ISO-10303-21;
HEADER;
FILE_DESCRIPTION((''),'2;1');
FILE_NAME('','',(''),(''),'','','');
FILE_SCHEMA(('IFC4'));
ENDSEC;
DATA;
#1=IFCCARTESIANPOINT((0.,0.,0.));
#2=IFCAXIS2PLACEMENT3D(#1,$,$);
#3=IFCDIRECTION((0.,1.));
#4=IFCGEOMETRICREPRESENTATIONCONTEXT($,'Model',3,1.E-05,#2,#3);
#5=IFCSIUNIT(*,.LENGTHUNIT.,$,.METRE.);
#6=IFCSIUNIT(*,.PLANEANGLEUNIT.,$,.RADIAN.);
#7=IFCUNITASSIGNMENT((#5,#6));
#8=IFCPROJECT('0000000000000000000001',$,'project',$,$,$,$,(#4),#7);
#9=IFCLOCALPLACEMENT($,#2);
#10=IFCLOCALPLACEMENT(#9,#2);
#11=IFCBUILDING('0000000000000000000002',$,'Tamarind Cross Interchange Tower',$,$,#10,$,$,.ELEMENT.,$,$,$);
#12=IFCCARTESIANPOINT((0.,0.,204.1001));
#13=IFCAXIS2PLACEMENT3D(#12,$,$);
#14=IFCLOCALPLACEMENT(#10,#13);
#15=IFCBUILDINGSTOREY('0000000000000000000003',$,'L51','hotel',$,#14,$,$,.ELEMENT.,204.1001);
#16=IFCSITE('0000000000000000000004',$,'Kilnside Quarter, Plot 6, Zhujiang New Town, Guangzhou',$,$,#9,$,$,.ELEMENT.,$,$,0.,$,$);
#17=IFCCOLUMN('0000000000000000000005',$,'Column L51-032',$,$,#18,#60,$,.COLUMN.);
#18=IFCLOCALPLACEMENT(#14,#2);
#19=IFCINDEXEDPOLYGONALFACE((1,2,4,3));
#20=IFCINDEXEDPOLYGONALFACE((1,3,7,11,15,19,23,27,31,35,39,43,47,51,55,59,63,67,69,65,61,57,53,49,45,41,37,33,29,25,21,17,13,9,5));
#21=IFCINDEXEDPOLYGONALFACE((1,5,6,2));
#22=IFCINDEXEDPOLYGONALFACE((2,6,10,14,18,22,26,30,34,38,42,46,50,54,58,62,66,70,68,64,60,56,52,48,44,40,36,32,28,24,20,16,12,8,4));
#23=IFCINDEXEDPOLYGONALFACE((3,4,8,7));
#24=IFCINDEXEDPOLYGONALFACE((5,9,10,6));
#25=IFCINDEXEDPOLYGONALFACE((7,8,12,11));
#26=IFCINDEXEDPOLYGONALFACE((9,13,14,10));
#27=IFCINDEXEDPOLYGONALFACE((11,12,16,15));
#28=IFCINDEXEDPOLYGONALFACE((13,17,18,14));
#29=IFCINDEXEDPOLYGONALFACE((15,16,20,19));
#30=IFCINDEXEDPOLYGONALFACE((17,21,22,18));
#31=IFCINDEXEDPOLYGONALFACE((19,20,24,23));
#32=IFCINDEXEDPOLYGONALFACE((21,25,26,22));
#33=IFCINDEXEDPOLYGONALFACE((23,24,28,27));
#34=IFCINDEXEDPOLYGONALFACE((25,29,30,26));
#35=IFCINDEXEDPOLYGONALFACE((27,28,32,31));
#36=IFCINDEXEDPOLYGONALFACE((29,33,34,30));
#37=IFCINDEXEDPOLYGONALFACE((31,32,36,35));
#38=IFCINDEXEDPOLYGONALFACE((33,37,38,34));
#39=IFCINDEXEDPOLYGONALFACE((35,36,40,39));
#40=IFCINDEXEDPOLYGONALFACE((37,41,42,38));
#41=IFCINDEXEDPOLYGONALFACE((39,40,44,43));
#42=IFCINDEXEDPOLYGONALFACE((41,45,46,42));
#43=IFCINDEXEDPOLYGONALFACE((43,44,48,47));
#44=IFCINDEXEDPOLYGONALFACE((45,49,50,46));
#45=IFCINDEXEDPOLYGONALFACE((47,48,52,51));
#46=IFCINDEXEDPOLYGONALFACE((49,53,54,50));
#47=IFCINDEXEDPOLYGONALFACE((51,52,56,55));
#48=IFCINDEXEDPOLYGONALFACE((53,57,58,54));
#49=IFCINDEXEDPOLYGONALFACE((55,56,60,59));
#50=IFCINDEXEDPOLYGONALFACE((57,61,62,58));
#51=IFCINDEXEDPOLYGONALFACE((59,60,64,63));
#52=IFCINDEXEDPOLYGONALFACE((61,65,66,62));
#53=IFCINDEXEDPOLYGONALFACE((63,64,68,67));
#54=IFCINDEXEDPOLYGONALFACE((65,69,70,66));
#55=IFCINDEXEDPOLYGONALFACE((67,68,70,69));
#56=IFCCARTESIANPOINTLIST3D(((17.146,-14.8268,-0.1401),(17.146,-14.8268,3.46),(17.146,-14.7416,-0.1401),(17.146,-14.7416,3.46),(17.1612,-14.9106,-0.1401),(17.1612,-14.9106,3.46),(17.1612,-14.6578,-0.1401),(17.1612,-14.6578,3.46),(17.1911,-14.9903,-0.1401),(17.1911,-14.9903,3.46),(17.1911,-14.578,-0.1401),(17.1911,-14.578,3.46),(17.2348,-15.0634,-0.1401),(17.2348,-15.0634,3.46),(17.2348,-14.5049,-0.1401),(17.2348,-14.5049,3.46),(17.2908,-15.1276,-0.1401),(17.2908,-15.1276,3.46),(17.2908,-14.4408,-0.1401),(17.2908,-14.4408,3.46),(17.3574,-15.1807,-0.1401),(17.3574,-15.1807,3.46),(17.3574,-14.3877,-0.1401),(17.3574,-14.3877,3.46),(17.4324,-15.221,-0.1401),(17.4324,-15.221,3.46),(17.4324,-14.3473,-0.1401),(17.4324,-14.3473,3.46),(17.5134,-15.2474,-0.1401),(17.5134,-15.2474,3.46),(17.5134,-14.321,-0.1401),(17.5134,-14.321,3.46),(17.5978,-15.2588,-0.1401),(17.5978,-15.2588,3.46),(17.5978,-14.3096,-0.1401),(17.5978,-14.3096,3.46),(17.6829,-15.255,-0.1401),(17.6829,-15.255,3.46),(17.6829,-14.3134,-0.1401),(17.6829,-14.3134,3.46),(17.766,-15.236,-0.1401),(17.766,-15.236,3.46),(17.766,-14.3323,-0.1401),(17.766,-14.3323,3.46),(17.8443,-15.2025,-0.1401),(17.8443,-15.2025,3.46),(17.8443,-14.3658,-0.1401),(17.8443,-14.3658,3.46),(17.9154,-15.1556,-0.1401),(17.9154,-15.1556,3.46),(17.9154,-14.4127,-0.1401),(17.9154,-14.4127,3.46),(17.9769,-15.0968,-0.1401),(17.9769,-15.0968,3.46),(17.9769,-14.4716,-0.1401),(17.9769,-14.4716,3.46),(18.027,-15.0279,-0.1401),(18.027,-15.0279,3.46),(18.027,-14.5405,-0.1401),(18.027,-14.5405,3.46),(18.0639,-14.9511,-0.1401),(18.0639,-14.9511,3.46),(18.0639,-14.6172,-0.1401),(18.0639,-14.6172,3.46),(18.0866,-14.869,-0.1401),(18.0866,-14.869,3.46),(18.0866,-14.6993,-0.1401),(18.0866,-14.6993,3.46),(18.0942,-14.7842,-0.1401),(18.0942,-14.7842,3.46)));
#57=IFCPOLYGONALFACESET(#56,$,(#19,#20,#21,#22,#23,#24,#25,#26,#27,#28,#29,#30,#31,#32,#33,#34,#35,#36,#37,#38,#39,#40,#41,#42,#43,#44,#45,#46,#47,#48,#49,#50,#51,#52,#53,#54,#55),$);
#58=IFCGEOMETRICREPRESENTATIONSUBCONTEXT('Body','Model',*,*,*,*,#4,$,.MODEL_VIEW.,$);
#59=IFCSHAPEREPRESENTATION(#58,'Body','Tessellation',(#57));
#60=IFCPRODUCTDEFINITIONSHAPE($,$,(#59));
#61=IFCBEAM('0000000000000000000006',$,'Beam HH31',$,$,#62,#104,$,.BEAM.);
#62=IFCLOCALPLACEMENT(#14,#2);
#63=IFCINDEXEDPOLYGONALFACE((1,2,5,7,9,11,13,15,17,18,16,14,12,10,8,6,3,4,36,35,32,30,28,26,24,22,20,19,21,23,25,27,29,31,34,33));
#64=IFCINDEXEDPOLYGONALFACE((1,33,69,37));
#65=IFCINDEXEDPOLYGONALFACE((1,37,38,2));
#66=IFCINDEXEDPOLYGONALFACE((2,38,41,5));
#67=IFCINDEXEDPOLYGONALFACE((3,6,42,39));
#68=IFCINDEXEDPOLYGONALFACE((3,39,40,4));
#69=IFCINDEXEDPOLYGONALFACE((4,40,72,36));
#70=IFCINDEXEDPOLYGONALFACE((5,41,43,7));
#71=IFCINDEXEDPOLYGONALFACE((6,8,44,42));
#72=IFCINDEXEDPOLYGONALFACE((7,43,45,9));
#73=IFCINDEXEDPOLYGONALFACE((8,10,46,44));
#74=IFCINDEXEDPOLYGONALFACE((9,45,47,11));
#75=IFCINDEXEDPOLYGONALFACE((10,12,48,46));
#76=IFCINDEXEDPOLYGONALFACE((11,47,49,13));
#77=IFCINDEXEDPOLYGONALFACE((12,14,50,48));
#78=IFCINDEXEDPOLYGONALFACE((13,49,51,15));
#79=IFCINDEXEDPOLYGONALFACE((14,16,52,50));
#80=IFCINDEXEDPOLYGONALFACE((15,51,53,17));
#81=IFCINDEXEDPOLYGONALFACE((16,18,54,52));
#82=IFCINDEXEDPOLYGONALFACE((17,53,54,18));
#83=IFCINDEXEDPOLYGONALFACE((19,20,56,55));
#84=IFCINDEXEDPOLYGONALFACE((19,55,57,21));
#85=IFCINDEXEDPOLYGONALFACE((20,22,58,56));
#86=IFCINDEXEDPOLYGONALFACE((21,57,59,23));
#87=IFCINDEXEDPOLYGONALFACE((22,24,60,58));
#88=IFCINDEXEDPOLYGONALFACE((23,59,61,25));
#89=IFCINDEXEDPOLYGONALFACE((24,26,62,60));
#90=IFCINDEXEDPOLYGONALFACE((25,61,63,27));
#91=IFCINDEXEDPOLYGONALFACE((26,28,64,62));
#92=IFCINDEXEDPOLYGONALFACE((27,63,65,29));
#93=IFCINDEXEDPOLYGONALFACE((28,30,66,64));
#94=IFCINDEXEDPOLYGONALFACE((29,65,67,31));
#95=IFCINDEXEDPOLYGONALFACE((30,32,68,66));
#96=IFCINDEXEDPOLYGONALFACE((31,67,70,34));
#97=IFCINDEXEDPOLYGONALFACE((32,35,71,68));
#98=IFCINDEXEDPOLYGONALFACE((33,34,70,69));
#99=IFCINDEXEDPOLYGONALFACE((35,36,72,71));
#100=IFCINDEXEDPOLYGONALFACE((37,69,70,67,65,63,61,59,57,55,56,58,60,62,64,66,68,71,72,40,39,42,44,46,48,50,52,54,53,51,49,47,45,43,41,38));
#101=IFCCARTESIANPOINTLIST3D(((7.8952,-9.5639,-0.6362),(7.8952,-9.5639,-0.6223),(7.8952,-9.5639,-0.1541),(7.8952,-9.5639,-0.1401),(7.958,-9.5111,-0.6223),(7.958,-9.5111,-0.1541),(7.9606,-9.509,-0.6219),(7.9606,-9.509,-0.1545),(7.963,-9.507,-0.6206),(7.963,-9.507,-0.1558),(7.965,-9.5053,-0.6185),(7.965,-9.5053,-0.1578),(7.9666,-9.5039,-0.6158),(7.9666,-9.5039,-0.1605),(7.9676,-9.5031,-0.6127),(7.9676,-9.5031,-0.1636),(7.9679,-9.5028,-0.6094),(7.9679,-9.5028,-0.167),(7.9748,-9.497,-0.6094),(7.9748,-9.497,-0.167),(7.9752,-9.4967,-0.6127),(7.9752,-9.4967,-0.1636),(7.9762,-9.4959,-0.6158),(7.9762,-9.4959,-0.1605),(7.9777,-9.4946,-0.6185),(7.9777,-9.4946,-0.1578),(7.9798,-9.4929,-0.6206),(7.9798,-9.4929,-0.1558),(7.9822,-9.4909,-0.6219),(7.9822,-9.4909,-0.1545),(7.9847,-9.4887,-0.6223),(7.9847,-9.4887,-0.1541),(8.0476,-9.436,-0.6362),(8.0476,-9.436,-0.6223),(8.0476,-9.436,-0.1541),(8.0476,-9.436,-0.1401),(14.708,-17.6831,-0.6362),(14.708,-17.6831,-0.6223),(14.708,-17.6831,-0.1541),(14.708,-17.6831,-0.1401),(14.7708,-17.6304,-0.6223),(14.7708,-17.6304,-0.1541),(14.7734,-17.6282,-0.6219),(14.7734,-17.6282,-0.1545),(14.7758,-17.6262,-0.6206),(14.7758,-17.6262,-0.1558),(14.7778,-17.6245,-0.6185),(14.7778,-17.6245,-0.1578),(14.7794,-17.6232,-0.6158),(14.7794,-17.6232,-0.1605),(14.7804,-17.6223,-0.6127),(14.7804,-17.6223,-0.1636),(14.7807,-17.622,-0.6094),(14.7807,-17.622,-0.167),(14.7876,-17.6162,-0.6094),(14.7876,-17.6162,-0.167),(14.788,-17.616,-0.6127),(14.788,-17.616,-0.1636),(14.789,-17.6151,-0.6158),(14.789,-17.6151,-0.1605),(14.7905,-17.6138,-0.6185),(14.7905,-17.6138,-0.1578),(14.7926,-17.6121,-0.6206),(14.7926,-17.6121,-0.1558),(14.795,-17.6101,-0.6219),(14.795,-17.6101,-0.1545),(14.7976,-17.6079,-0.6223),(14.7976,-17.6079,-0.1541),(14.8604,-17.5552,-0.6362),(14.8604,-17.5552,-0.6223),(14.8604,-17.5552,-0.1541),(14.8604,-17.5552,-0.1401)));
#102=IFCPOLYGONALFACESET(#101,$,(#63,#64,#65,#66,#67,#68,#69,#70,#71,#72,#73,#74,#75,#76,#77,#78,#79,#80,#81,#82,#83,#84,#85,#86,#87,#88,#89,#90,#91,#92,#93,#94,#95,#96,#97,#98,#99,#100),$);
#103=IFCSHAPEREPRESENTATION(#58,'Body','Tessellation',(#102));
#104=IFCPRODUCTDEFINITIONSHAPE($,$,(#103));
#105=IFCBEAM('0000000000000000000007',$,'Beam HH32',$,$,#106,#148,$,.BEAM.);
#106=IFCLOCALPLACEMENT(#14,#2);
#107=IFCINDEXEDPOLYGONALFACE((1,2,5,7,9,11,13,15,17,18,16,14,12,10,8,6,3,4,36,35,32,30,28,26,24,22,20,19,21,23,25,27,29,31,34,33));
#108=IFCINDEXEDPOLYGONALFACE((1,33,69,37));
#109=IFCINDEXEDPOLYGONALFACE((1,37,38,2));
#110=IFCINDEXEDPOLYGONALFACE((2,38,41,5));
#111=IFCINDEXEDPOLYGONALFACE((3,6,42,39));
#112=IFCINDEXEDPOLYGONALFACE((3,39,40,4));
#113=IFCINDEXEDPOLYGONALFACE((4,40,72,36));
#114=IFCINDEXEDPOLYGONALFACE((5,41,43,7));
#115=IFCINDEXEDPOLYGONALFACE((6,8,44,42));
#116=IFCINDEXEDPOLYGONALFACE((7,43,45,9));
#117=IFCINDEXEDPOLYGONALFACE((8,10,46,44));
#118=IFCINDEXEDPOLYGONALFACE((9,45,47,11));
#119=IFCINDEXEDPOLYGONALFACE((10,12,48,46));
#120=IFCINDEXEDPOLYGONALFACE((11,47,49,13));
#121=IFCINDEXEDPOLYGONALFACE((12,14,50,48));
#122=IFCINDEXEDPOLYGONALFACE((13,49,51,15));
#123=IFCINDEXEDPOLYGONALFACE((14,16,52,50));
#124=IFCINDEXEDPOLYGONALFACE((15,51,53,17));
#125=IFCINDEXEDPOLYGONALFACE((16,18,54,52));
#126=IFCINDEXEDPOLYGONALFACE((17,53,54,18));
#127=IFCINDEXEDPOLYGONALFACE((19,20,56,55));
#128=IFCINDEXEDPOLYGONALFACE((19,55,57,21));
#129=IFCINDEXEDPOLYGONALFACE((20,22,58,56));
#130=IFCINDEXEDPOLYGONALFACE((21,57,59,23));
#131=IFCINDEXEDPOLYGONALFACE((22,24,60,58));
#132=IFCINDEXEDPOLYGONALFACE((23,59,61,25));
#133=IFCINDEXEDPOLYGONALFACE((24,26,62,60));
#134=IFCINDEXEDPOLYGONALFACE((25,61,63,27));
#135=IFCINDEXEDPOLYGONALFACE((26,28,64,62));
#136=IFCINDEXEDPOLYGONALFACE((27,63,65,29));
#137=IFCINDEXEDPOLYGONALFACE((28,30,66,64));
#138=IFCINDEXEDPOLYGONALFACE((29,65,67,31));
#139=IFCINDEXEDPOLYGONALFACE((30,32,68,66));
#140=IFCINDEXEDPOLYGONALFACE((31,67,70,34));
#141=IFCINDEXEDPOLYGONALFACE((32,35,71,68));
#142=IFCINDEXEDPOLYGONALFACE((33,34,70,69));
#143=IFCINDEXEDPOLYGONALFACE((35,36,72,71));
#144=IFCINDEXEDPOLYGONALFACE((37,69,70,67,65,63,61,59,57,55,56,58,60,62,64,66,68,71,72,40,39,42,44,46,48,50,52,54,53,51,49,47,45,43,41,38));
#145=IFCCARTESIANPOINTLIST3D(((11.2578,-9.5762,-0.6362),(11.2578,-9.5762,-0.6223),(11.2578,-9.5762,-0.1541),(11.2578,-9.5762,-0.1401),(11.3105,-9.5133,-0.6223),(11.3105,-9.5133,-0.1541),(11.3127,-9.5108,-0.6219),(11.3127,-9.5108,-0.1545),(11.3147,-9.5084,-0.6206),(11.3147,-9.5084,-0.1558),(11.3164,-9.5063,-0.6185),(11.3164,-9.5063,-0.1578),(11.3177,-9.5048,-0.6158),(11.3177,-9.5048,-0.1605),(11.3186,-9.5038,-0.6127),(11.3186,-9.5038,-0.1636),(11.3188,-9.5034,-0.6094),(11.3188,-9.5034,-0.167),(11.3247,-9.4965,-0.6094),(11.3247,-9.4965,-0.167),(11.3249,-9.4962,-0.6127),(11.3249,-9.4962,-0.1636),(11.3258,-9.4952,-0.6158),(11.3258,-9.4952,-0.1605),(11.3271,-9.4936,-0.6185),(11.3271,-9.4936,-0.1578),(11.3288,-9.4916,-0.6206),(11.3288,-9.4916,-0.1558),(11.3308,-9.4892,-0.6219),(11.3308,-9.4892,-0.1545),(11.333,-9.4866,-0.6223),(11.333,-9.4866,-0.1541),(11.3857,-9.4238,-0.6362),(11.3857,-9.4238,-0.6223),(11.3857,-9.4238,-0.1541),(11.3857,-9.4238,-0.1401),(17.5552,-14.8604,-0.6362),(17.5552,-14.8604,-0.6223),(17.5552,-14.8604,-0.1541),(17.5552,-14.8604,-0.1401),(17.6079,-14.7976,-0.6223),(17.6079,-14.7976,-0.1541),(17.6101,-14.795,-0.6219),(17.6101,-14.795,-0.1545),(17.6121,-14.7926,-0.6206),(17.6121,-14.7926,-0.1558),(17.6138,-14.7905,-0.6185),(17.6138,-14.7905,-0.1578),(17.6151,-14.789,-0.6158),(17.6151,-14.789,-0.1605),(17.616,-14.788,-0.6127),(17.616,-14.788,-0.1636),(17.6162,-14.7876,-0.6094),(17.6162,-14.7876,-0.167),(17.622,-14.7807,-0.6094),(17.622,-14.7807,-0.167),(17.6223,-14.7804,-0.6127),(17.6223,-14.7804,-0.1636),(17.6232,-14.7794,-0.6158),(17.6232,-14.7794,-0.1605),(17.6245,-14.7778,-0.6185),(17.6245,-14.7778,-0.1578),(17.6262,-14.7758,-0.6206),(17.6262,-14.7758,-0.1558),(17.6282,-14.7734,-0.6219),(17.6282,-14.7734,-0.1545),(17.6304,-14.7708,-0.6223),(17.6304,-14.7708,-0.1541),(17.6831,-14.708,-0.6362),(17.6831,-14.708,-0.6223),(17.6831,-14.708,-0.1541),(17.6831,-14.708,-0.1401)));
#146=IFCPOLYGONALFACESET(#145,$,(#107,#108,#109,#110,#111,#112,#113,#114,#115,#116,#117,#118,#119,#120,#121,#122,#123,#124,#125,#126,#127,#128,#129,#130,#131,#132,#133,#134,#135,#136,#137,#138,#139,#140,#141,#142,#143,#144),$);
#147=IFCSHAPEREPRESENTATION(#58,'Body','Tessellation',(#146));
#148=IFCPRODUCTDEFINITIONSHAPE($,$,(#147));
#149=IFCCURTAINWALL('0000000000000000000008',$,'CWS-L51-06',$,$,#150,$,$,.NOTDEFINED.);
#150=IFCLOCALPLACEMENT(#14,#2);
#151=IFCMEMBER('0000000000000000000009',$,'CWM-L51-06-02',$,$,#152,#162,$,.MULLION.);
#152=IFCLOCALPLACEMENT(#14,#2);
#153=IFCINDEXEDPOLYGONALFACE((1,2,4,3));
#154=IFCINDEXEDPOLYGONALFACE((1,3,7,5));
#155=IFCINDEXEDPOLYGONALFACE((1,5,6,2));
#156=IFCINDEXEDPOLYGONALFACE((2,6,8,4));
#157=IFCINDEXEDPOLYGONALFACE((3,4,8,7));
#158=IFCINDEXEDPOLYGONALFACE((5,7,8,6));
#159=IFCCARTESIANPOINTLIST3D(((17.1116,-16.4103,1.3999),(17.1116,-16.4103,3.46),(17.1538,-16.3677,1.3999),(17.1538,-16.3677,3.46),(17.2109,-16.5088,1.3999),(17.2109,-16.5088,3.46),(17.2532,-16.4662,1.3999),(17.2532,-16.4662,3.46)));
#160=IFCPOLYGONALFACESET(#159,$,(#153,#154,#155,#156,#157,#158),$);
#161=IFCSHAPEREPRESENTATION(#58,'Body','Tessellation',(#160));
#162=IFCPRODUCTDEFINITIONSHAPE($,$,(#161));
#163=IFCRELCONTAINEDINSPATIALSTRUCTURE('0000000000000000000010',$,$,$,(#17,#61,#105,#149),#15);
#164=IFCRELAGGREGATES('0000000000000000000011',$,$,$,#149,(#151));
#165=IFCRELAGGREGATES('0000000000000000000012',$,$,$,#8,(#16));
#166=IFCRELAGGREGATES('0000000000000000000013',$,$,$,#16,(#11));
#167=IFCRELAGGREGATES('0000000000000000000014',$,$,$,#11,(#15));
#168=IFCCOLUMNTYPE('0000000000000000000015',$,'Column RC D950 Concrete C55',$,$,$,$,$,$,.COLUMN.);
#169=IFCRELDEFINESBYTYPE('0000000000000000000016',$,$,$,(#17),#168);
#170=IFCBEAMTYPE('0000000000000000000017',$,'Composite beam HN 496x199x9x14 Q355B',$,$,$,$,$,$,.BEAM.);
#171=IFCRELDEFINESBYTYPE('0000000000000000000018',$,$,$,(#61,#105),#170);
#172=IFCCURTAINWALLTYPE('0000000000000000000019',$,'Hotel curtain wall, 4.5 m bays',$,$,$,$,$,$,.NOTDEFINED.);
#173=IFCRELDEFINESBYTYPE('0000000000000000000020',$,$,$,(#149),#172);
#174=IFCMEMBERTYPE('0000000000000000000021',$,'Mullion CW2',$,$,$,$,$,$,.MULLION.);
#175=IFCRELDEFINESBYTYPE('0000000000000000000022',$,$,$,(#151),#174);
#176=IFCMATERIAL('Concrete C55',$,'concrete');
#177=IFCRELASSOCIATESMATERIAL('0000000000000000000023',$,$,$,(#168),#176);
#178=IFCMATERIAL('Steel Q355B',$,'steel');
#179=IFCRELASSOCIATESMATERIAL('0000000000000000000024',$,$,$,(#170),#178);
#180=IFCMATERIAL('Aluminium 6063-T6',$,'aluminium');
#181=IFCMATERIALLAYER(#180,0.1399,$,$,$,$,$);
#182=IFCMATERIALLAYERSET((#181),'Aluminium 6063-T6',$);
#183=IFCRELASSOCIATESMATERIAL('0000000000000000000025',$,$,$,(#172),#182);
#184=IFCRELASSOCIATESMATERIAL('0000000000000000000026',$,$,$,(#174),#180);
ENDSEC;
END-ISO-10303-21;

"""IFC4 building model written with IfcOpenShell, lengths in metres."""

from ifc_helpers import new_model, si_unit, direction, frame, origin, origin_2d, place, context, subcontext, project, spatial, rectangle, circle, i_section, extrude, material, layer, layer_set, material_profile, profile_set, type_object, element, aggregate, save


model = new_model("IFC4")

# Units and contexts
model_context = context("Model", 3, precision=1e-05, world=origin(), true_north=direction((0.0, 1.0)))
body_context = subcontext(model_context, "Body", "Model", "MODEL_VIEW")
ifc_project = project(units=[si_unit("LENGTHUNIT", "METRE"), si_unit("PLANEANGLEUNIT", "RADIAN")], contexts=[model_context])

# Site, building, storey
site_placement = place(None, origin())
site = spatial("IfcSite", under=ifc_project, at=site_placement, Name="Kilnside Quarter, Plot 6, Zhujiang New Town, Guangzhou", CompositionType="ELEMENT", RefElevation=0.0)
building_placement = place(site_placement, origin())
building = spatial("IfcBuilding", under=site, at=building_placement, Name="Tamarind Cross Interchange Tower", CompositionType="ELEMENT")
storey_placement = place(building_placement, frame((0.0, 0.0, 204.1001)))
storey = spatial("IfcBuildingStorey", under=building, at=storey_placement, Name="L51", Description="hotel", CompositionType="ELEMENT", Elevation=204.1001)

# Column
ifc_material_1 = material(Name="Concrete C55", Category="concrete")
ifc_material_profile_1 = material_profile(ifc_material_1, circle(Radius=0.4751, at=origin_2d()), Name="RC D950")
ifc_profile_set_1 = profile_set([ifc_material_profile_1], Name="Concrete C55")
column_type = type_object("IfcColumnType", Name="Column RC D950 Concrete C55", PredefinedType="COLUMN", material=ifc_profile_set_1)
column_placement = place(storey_placement, frame((17.6191, -14.7842, -0.1401), z_axis=(0.0, 0.0, 1.0), x_axis=(1.0, 0.0, 0.0)))
element("IfcColumn", 1, at=column_placement, inside=storey, type_object=column_type, Name="Column L51-032", PredefinedType="COLUMN", context=body_context, shape_type="SweptSolid", body=[
    extrude(circle(Radius=0.4751, at=origin_2d()), origin(), (0.0, 0.0, 1.0), 3.6001),
])

# Beams
ifc_material_2 = material(Name="Steel Q355B", Category="steel")
ifc_material_profile_2 = material_profile(ifc_material_2, i_section(OverallWidth=0.199, OverallDepth=0.4961, WebThickness=0.009, FlangeThickness=0.0139, FilletRadius=0.0129, at=origin_2d()), Name="HN 496x199x9x14")
ifc_profile_set_2 = profile_set([ifc_material_profile_2], Name="Steel Q355B")
beam_type = type_object("IfcBeamType", Name="Composite beam HN 496x199x9x14 Q355B", PredefinedType="BEAM", material=ifc_profile_set_2)
beam_1_placement = place(storey_placement, frame((14.7842, -17.6191, -0.3882), z_axis=(-0.642786, 0.766046, 0.0), x_axis=(-0.766046, -0.642786, 0.0)))
element("IfcBeam", 2, at=beam_1_placement, inside=storey, type_object=beam_type, Name="Beam HH31", PredefinedType="BEAM", context=body_context, shape_type="SweptSolid", body=[
    extrude(i_section(OverallWidth=0.199, OverallDepth=0.4961, WebThickness=0.009, FlangeThickness=0.0139, FilletRadius=0.0129, at=origin_2d()), origin(), (0.0, 0.0, 1.0), 10.5989),
])
beam_2_placement = place(storey_placement, frame((17.6191, -14.7842, -0.3882), z_axis=(-0.766041, 0.642792, 0.0), x_axis=(-0.642792, -0.766041, 0.0)))
element("IfcBeam", 3, at=beam_2_placement, inside=storey, type_object=beam_type, Name="Beam HH32", PredefinedType="BEAM", context=body_context, shape_type="SweptSolid", body=[
    extrude(i_section(OverallWidth=0.199, OverallDepth=0.4961, WebThickness=0.009, FlangeThickness=0.0139, FilletRadius=0.0129, at=origin_2d()), origin(), (0.0, 0.0, 1.0), 8.2207),
])

# Curtain wall, member
ifc_material_3 = material(Name="Aluminium 6063-T6", Category="aluminium")
ifc_layer_1 = layer(ifc_material_3, 0.1399)
ifc_layer_set_1 = layer_set([ifc_layer_1], Name="Aluminium 6063-T6")
curtain_wall_type = type_object("IfcCurtainWallType", Name="Hotel curtain wall, 4.5 m bays", PredefinedType="NOTDEFINED", material=ifc_layer_set_1)
curtain_wall_placement = place(storey_placement, origin())
curtain_wall = element("IfcCurtainWall", 4, at=curtain_wall_placement, inside=storey, type_object=curtain_wall_type, Name="CWS-L51-06", PredefinedType="NOTDEFINED")
ifc_material_profile_3 = material_profile(ifc_material_3, rectangle(XDim=0.0601, YDim=0.1399, at=origin_2d()), Name="Mullion CW2")
ifc_profile_set_3 = profile_set([ifc_material_profile_3], Name="Aluminium 6063-T6")
member_type = type_object("IfcMemberType", Name="Mullion CW2", PredefinedType="MULLION", material=ifc_profile_set_3)
member_placement = place(storey_placement, frame((17.1824, -16.4382, 1.3999), z_axis=(0.0, 0.0, 1.0), x_axis=(0.704057, 0.710143, 0.0)))
member = element("IfcMember", 5, at=member_placement, type_object=member_type, Name="CWM-L51-06-02", PredefinedType="MULLION", context=body_context, shape_type="SweptSolid", body=[
    extrude(rectangle(XDim=0.0601, YDim=0.1399, at=origin_2d()), origin(), (0.0, 0.0, 1.0), 2.0601),
])
aggregate(curtain_wall, [member])

save(model, "model.ifc")
